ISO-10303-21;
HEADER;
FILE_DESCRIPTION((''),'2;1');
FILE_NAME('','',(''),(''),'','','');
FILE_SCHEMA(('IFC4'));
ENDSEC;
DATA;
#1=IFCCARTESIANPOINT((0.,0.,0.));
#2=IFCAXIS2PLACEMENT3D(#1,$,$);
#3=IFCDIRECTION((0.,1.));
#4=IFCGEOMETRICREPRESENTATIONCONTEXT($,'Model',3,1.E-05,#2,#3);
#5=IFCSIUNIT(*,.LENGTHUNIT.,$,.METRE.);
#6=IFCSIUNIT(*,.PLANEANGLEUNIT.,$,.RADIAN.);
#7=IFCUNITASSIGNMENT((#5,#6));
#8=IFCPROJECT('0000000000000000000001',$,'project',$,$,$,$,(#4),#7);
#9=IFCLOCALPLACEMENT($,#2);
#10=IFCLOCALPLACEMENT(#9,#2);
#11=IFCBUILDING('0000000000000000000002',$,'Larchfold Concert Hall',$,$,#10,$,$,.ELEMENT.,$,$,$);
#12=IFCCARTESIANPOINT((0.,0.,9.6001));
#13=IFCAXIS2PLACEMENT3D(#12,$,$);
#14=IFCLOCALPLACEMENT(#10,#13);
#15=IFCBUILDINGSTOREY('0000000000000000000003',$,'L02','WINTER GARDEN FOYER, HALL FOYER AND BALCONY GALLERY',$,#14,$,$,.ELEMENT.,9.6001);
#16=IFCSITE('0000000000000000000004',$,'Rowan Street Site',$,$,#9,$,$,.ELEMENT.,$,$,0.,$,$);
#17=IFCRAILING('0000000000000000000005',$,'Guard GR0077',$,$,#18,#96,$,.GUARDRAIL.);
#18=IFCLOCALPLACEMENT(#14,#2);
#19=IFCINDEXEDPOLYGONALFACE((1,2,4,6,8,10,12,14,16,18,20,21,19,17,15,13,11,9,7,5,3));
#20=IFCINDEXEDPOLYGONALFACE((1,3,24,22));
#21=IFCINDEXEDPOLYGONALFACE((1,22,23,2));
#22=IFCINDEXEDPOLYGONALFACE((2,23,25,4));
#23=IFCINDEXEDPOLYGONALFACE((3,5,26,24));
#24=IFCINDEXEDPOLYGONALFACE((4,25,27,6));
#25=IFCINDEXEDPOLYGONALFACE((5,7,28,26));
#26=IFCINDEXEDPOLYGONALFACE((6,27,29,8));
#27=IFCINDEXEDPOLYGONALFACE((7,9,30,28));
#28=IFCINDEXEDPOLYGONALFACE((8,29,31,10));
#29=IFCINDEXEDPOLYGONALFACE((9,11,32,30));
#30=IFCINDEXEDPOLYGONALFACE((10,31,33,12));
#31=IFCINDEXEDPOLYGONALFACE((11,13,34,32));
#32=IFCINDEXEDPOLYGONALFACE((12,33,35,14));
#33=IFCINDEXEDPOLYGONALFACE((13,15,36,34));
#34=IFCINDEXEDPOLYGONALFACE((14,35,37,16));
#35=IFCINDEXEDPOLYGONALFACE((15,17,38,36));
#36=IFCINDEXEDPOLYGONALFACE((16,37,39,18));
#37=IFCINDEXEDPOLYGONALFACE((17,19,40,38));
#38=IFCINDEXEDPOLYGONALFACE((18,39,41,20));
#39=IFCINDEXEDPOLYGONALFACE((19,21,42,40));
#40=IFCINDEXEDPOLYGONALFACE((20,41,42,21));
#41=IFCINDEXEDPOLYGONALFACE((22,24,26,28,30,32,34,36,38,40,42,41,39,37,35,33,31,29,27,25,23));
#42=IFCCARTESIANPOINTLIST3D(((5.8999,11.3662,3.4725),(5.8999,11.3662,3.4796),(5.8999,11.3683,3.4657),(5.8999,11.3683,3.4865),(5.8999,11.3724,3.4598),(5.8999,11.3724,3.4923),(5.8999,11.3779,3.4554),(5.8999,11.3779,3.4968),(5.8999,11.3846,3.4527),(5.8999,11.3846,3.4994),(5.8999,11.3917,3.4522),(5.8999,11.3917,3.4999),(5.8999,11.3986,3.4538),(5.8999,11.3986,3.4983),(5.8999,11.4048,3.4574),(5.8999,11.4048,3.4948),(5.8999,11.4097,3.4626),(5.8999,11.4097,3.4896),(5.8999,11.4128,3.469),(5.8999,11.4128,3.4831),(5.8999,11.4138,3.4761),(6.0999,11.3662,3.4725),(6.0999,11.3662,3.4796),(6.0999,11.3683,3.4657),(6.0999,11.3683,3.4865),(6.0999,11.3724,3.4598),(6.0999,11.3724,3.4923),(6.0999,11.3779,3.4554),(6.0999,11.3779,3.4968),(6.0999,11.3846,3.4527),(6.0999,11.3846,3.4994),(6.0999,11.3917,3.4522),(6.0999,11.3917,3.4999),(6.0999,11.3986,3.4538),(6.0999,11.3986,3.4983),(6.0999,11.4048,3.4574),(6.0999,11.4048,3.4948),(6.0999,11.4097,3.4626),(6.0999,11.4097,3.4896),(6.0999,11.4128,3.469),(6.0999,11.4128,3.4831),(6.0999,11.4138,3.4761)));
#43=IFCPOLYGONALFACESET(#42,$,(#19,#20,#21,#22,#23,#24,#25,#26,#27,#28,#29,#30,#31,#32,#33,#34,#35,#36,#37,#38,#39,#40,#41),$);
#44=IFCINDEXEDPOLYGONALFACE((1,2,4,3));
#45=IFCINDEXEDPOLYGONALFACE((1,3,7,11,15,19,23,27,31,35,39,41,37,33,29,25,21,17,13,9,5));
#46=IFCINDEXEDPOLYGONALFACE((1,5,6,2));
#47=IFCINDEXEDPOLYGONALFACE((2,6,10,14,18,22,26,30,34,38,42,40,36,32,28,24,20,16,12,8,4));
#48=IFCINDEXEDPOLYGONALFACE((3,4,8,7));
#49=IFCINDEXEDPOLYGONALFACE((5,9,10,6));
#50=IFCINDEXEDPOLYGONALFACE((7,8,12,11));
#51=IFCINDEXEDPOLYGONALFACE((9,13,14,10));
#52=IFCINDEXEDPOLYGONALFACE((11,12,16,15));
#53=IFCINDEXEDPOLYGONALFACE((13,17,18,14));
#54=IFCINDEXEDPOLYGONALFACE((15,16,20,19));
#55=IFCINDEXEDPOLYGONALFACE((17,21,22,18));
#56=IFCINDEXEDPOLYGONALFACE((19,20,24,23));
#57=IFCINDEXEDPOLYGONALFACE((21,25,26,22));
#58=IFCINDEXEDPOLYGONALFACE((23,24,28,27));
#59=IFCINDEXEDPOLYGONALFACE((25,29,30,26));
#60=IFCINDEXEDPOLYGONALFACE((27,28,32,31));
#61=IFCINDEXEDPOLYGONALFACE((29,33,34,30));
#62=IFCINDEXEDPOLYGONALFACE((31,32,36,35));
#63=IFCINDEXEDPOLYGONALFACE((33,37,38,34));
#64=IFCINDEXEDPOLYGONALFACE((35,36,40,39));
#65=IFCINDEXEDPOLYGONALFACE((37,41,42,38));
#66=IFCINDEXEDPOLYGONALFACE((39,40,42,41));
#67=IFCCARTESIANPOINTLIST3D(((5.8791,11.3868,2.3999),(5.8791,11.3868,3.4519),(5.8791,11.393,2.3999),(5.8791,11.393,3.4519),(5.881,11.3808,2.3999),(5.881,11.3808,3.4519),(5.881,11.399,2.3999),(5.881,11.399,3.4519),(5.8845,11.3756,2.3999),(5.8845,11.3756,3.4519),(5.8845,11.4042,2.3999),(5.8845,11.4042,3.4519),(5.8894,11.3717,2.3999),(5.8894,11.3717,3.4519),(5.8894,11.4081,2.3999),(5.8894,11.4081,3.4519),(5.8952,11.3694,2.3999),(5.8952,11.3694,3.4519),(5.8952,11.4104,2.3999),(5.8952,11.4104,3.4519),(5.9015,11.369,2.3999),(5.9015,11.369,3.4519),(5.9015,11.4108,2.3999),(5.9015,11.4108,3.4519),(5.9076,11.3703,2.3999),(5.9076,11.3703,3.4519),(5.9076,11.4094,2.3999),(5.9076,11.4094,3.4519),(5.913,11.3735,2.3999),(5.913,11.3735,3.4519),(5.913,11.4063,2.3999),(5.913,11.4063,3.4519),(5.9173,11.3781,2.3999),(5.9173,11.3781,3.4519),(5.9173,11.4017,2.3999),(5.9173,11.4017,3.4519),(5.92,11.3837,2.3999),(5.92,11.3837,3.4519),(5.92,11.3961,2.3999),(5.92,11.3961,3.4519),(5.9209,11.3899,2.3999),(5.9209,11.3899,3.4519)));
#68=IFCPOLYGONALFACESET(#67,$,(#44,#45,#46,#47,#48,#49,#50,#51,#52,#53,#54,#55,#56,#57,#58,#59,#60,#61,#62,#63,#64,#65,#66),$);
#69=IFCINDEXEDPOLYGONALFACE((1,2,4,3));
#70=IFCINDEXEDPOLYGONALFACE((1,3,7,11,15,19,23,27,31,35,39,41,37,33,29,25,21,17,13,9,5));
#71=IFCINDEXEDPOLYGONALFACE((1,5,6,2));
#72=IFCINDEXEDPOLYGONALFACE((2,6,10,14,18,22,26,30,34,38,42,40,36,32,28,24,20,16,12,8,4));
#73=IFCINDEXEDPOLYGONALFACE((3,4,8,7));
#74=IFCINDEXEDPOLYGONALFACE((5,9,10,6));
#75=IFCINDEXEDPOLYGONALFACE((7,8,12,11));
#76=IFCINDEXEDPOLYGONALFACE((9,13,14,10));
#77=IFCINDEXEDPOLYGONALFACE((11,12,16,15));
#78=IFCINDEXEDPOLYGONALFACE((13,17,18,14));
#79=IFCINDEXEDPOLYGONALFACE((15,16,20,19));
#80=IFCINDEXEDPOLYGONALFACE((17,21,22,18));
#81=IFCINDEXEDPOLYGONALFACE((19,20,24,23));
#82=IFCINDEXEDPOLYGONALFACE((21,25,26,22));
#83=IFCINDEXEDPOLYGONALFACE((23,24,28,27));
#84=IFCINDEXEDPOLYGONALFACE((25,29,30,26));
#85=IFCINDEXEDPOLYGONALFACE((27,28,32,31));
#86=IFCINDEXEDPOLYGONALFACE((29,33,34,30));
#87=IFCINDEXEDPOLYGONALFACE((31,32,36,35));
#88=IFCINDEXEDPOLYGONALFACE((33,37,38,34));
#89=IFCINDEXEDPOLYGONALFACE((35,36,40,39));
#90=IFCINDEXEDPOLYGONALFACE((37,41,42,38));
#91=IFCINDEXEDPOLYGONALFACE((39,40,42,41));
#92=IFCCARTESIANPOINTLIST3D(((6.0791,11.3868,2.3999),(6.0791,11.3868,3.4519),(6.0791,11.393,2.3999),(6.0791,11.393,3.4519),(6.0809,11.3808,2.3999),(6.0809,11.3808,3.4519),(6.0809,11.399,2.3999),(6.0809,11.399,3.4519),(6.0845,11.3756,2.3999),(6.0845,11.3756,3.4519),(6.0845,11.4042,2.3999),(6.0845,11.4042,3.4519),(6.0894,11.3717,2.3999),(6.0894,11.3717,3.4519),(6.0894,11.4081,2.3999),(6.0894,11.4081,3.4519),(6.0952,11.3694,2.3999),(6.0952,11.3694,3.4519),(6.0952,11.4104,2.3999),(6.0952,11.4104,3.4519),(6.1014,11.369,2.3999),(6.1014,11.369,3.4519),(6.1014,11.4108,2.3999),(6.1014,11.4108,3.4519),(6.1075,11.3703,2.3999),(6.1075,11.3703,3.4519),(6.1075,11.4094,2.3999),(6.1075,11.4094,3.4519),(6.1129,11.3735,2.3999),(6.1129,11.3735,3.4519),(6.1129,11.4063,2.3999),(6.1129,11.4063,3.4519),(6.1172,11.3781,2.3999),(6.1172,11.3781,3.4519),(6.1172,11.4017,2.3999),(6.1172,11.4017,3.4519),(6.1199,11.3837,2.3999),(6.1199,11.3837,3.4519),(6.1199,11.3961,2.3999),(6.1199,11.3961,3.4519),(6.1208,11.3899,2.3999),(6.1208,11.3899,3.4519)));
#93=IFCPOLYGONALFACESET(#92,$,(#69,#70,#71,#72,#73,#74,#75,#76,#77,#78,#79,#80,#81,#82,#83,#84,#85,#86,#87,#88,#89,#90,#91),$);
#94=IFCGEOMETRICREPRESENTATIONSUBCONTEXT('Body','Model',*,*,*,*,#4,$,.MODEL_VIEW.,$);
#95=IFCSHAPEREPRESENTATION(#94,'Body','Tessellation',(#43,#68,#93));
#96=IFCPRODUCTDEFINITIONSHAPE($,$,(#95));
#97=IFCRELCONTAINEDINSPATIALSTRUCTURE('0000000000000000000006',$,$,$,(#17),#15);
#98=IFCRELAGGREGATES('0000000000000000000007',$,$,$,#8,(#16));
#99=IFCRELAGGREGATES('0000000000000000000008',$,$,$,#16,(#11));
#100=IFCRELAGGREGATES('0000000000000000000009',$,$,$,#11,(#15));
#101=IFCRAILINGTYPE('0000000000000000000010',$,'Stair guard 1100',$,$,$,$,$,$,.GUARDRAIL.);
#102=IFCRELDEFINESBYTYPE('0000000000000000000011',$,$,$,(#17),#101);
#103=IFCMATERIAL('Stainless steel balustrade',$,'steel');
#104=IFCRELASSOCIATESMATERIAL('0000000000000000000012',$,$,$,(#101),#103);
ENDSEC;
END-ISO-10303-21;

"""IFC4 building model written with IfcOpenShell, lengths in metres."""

from ifc_helpers import new_model, si_unit, direction, frame, origin, origin_2d, place, context, subcontext, project, spatial, circle, extrude, material, type_object, element, save


model = new_model("IFC4")

# Units and contexts
model_context = context("Model", 3, precision=1e-05, world=origin(), true_north=direction((0.0, 1.0)))
body_context = subcontext(model_context, "Body", "Model", "MODEL_VIEW")
ifc_project = project(units=[si_unit("LENGTHUNIT", "METRE"), si_unit("PLANEANGLEUNIT", "RADIAN")], contexts=[model_context])

# Site, building, storey
site_placement = place(None, origin())
site = spatial("IfcSite", under=ifc_project, at=site_placement, Name="Rowan Street Site", CompositionType="ELEMENT", RefElevation=0.0)
building_placement = place(site_placement, origin())
building = spatial("IfcBuilding", under=site, at=building_placement, Name="Larchfold Concert Hall", CompositionType="ELEMENT")
storey_placement = place(building_placement, frame((0.0, 0.0, 9.6001)))
storey = spatial("IfcBuildingStorey", under=building, at=storey_placement, Name="L02", Description="WINTER GARDEN FOYER, HALL FOYER AND BALCONY GALLERY", CompositionType="ELEMENT", Elevation=9.6001)

# Railing
ifc_material_1 = material(Name="Stainless steel balustrade", Category="steel")
railing_type = type_object("IfcRailingType", Name="Stair guard 1100", PredefinedType="GUARDRAIL", material=ifc_material_1)
railing_1_placement = place(storey_placement, frame((5.8999, 11.3899, 2.3999)))
element("IfcRailing", 1, at=railing_1_placement, inside=storey, type_object=railing_type, Name="Guard GR0077", PredefinedType="GUARDRAIL", context=body_context, shape_type="SweptSolid", body=[
    extrude(circle(Radius=0.0239, at=origin_2d()), frame((0.0, 0.0, 1.0762), z_axis=(1.0, 0.0, 0.0), x_axis=(0.0, 1.0, 0.0)), (0.0, 0.0, 1.0), 0.2),
    extrude(circle(Radius=0.021, at=origin_2d()), origin(), (0.0, 0.0, 1.0), 1.052),
    extrude(circle(Radius=0.021, at=origin_2d()), frame((0.2, 0.0, 0.0)), (0.0, 0.0, 1.0), 1.052),
])

save(model, "model.ifc")
